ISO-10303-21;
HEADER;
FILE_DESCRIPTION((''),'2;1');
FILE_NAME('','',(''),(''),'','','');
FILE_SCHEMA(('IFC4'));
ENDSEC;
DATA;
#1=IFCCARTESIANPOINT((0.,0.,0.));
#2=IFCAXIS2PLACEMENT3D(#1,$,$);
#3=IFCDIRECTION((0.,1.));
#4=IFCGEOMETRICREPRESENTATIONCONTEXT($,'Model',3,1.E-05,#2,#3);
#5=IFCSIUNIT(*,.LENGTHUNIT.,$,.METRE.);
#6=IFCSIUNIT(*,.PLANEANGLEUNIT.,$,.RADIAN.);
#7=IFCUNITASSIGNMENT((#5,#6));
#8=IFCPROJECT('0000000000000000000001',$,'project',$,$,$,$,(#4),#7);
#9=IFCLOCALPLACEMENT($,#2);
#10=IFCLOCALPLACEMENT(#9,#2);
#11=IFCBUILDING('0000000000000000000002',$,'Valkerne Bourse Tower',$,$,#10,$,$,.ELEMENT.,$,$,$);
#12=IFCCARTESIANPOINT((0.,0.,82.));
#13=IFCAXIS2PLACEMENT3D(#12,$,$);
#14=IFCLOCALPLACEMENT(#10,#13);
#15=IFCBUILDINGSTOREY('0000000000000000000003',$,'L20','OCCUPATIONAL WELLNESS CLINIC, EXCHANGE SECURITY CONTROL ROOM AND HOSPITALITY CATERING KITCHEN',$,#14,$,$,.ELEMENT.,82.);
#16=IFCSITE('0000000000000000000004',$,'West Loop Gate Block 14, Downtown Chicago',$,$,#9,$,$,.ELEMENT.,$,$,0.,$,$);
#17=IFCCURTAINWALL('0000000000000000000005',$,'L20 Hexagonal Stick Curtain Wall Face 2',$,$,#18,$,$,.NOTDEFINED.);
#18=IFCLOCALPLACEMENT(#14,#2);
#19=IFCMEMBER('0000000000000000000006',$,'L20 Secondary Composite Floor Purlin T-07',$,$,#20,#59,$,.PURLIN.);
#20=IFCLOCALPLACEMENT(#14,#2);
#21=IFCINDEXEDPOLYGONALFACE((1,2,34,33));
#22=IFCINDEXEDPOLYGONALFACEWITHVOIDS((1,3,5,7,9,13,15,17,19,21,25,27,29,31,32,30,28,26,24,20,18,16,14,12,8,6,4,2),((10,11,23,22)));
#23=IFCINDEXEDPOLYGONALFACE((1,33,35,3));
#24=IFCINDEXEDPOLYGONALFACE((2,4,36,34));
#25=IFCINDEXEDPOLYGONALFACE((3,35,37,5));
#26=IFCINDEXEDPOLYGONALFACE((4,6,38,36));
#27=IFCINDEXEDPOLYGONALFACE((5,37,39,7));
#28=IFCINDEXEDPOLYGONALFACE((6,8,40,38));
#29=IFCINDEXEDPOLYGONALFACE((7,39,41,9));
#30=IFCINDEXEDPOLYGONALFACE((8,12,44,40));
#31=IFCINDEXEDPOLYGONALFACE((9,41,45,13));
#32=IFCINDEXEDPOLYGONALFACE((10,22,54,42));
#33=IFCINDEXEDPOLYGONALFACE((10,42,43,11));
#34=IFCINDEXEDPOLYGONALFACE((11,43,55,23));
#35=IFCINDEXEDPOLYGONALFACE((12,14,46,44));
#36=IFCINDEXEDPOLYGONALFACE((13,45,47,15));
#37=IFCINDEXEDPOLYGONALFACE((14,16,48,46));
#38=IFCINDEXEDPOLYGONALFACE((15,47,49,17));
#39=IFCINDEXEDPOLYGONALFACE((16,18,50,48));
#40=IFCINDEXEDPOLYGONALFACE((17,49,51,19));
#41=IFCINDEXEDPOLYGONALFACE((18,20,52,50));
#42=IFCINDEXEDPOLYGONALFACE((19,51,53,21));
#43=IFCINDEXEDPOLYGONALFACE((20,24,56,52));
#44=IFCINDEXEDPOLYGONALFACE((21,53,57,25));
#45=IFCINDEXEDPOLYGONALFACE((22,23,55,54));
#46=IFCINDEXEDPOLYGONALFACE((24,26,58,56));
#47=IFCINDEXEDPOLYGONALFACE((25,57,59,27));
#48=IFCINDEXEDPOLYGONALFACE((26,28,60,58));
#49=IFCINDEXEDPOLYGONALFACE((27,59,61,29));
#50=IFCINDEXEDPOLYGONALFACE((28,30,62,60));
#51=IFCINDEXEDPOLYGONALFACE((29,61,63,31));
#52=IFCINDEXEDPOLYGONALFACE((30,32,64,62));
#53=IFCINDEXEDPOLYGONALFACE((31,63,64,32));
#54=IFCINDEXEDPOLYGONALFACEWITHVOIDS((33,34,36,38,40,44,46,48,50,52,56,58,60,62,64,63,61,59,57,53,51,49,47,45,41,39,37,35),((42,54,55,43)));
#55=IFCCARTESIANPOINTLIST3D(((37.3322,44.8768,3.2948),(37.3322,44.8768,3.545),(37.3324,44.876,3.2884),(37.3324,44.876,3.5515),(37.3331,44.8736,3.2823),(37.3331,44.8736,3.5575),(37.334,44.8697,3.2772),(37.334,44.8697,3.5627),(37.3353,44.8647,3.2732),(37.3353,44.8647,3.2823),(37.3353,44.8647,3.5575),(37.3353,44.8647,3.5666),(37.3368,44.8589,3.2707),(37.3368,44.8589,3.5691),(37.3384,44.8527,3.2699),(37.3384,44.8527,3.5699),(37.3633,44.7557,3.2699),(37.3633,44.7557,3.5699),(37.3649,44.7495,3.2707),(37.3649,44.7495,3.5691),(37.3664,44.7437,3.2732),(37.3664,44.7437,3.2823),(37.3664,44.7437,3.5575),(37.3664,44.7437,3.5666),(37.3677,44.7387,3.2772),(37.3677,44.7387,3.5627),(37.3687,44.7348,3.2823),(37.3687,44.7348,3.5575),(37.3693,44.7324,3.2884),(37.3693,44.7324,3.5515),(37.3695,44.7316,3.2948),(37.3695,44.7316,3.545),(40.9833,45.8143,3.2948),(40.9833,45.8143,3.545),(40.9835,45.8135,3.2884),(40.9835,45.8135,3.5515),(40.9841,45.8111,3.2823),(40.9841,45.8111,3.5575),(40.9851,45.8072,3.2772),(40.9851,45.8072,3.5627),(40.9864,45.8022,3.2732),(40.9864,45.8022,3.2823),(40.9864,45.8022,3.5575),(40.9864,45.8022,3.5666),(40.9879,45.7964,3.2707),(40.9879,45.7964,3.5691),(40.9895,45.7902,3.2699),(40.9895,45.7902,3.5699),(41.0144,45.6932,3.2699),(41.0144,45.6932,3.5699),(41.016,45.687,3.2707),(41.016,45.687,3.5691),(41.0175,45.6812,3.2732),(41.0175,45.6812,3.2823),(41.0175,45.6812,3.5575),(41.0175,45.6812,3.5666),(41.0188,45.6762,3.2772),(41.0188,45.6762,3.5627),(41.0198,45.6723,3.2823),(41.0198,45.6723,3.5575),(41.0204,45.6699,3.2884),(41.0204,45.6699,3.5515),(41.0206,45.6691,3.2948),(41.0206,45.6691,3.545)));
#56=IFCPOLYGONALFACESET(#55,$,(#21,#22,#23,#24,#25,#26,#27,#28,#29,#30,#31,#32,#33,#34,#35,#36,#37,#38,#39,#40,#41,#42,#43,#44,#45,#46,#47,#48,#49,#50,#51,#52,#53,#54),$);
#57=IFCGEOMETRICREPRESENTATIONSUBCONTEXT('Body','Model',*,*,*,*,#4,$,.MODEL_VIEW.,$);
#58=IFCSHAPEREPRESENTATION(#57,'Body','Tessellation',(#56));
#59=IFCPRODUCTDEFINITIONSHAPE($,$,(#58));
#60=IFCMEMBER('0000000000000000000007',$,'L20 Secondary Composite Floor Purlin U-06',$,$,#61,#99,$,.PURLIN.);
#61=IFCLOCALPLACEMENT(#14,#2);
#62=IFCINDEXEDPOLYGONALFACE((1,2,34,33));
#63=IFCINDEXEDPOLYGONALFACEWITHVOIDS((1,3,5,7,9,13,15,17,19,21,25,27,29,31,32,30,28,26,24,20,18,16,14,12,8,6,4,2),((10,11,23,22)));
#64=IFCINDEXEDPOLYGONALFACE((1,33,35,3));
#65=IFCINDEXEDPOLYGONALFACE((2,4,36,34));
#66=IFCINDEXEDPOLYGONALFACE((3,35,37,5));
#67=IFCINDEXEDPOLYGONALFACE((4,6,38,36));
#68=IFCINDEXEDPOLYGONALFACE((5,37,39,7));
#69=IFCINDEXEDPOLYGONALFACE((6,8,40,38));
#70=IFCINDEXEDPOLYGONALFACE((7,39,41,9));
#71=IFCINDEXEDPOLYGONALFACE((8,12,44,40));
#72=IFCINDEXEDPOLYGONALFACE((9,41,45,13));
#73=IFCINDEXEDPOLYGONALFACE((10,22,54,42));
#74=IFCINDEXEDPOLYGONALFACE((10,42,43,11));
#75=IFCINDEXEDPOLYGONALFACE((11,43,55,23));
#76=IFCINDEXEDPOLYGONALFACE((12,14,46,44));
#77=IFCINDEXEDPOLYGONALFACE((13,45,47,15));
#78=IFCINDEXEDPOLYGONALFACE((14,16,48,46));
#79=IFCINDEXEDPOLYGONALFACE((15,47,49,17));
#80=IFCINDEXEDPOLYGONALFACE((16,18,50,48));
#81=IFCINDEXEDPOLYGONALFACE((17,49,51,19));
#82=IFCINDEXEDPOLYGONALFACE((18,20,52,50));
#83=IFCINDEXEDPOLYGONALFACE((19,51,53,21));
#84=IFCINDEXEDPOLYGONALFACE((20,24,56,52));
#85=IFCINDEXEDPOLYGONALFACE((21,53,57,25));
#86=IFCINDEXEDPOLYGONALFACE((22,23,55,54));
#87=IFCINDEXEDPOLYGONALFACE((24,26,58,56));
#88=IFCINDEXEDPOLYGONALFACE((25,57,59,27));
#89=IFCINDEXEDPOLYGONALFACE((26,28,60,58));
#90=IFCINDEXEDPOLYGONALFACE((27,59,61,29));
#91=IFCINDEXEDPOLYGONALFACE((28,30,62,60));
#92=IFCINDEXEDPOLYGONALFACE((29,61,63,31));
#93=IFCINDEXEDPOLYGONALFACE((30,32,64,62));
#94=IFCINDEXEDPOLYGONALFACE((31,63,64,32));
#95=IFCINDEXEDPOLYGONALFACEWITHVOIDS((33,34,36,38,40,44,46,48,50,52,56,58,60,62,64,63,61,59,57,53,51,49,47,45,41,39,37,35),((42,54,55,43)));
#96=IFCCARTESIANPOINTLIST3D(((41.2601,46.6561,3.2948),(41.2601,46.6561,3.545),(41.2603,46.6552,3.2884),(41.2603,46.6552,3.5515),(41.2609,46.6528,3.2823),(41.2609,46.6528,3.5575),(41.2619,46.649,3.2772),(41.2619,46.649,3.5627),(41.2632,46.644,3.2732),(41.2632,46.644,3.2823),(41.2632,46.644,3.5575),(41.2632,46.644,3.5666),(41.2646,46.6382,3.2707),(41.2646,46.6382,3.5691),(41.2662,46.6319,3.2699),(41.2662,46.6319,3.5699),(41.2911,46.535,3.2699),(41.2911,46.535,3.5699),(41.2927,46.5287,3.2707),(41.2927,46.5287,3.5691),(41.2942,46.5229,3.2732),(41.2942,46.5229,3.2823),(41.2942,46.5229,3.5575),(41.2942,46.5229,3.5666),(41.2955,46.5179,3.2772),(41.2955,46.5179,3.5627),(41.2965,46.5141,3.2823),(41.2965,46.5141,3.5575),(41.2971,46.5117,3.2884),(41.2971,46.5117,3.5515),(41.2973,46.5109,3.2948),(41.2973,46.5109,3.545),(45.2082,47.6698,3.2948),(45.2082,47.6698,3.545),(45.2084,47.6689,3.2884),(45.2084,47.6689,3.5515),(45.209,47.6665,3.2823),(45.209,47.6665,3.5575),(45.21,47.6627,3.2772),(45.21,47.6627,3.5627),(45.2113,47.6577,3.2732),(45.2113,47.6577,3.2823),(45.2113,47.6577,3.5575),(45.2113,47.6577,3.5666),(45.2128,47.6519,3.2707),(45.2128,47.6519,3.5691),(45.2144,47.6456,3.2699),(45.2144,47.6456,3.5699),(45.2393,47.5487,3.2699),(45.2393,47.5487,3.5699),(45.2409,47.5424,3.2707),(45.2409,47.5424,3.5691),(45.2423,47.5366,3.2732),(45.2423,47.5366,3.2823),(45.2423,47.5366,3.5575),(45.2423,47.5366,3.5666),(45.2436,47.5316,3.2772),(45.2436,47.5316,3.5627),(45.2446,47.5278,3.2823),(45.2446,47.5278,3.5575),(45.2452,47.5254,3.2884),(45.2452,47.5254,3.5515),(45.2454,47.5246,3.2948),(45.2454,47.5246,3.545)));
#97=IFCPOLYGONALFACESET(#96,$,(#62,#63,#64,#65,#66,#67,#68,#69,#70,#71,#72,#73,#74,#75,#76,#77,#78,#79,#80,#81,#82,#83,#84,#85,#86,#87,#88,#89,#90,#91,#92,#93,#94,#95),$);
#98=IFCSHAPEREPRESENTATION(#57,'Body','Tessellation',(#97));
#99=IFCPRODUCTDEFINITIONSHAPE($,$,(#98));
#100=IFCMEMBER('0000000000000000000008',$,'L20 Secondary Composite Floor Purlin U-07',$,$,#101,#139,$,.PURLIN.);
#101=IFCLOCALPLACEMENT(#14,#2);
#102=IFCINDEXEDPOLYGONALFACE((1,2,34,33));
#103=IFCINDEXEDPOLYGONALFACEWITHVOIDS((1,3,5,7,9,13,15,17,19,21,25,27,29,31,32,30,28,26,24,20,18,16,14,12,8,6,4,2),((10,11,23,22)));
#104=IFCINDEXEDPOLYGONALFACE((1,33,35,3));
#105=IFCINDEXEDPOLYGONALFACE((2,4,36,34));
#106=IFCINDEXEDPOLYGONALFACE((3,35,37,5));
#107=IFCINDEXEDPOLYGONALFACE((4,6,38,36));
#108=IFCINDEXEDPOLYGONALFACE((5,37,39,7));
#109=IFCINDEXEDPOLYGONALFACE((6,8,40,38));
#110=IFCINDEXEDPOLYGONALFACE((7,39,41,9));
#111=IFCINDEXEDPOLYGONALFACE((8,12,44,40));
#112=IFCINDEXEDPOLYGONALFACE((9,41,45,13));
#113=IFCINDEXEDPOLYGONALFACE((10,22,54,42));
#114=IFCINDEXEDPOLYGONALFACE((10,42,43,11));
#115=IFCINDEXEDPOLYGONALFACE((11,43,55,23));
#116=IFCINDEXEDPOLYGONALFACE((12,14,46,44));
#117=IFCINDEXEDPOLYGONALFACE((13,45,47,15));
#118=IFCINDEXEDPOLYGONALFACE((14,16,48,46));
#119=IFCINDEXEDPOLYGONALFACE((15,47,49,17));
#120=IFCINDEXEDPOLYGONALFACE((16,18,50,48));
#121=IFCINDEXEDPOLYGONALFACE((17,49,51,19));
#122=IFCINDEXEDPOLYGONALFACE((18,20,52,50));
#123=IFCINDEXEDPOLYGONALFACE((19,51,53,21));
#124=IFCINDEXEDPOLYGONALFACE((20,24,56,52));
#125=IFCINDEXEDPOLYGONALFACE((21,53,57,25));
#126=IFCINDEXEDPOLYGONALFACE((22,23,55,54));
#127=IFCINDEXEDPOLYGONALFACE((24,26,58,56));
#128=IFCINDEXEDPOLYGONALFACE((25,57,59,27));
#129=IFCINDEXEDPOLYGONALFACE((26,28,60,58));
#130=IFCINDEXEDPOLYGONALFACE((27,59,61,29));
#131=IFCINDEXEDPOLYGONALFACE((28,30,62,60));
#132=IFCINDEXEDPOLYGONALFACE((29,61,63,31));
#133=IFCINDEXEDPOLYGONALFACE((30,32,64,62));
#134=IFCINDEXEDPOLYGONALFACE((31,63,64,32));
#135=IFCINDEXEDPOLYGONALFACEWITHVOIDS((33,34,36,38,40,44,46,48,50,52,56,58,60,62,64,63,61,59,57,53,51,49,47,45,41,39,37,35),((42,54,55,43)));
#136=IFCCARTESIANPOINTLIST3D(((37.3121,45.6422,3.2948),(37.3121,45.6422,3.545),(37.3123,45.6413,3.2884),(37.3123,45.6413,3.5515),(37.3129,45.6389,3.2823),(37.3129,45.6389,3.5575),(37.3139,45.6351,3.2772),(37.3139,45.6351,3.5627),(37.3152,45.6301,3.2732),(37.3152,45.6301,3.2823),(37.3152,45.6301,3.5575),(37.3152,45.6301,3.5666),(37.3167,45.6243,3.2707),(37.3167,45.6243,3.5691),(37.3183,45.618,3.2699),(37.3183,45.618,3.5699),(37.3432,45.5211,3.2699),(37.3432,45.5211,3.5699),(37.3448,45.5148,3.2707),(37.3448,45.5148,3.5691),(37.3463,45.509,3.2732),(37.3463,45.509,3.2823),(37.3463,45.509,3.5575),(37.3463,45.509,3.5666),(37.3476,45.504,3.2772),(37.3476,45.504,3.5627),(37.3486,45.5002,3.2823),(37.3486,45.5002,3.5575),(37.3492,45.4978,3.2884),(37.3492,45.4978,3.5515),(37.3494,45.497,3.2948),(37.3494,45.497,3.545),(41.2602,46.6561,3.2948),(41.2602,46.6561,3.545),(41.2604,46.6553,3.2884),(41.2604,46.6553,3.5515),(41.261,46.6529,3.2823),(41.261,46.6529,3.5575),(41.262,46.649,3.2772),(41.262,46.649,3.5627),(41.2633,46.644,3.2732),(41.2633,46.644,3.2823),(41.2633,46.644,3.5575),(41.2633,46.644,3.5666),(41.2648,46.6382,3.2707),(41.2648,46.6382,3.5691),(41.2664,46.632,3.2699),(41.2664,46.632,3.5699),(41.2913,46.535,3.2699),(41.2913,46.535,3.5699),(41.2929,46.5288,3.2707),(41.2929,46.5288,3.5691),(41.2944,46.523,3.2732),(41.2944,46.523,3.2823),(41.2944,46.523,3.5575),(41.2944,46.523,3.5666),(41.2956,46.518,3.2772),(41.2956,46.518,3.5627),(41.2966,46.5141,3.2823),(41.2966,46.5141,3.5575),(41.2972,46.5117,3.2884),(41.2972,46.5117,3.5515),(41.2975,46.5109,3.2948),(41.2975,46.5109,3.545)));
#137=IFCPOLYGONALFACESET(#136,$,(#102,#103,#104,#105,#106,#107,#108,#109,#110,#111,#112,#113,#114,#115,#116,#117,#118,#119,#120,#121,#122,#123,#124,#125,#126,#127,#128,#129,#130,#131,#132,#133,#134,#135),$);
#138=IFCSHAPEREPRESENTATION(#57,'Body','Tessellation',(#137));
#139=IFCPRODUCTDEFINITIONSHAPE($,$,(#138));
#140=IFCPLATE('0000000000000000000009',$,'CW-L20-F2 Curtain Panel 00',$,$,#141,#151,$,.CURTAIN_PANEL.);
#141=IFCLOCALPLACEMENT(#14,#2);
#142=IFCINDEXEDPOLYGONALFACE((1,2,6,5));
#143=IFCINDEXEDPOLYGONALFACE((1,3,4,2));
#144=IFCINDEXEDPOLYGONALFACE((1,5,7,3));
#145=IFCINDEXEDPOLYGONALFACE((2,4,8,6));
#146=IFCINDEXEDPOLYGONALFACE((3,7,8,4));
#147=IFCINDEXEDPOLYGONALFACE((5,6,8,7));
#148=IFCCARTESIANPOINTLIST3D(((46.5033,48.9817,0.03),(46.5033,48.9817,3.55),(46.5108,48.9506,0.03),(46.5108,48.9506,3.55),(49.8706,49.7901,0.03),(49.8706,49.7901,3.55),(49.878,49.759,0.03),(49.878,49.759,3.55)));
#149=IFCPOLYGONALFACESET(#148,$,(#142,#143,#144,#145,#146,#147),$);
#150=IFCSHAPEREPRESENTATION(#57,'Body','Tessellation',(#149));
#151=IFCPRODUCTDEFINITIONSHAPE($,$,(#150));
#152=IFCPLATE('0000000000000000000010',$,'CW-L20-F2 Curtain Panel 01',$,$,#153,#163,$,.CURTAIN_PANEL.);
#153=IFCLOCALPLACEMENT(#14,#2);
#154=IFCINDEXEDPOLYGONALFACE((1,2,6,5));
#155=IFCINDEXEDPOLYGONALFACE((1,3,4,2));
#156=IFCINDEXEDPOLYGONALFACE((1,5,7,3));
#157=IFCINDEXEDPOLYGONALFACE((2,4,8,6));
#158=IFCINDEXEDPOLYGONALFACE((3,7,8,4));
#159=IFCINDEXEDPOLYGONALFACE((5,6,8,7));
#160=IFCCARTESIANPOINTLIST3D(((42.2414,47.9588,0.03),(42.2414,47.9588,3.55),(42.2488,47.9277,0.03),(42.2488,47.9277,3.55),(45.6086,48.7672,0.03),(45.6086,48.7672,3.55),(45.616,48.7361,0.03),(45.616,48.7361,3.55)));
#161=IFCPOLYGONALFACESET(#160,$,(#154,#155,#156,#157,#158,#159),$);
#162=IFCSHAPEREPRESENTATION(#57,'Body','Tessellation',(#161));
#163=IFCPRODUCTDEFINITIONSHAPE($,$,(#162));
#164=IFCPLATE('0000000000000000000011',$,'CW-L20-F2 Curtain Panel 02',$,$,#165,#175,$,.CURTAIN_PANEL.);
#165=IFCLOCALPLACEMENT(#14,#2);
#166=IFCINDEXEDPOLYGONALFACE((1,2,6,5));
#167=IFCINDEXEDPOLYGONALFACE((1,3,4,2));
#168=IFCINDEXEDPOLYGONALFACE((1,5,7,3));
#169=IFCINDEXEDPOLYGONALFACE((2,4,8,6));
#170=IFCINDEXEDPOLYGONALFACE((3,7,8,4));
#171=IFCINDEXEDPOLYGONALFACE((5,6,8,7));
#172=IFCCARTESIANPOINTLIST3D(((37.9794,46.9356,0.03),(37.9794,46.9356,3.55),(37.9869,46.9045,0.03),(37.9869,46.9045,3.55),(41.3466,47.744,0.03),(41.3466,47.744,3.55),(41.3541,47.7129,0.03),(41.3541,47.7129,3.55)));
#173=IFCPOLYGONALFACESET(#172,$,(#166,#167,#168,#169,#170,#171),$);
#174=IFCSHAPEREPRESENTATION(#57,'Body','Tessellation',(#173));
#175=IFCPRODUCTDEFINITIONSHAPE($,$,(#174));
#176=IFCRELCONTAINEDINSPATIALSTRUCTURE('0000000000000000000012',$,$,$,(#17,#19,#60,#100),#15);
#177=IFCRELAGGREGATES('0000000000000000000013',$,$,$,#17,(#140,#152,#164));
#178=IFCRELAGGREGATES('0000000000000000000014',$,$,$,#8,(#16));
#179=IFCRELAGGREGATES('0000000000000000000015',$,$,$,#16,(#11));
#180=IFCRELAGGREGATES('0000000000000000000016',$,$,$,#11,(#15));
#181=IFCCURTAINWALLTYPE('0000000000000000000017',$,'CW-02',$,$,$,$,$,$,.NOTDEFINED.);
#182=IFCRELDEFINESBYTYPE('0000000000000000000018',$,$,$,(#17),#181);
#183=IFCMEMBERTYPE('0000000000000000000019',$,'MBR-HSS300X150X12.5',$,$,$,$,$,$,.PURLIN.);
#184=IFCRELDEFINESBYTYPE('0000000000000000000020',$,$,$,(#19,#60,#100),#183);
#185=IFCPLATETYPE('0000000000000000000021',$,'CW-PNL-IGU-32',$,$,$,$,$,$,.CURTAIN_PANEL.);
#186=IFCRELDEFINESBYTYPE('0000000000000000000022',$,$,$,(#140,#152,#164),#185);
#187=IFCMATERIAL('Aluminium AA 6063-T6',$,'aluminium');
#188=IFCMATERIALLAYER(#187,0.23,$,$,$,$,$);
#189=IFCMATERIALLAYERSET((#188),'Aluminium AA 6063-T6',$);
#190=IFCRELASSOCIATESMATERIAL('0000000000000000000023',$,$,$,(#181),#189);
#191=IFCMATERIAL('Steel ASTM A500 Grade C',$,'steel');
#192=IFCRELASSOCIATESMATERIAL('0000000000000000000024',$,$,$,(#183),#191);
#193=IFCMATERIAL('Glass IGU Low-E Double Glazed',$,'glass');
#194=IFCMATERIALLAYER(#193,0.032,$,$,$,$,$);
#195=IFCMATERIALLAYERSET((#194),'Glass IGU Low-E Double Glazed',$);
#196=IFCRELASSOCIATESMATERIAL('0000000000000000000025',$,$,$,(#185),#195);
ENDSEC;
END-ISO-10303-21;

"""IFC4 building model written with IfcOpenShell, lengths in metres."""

from ifc_helpers import new_model, si_unit, direction, frame, origin, origin_2d, place, context, subcontext, project, spatial, rectangle, hollow_rectangle, extrude, material, layer, layer_set, material_profile, profile_set, type_object, element, aggregate, save


model = new_model("IFC4")

# Units and contexts
model_context = context("Model", 3, precision=1e-05, world=origin(), true_north=direction((0.0, 1.0)))
body_context = subcontext(model_context, "Body", "Model", "MODEL_VIEW")
ifc_project = project(units=[si_unit("LENGTHUNIT", "METRE"), si_unit("PLANEANGLEUNIT", "RADIAN")], contexts=[model_context])

# Site, building, storey
site_placement = place(None, origin())
site = spatial("IfcSite", under=ifc_project, at=site_placement, Name="West Loop Gate Block 14, Downtown Chicago", CompositionType="ELEMENT", RefElevation=0.0)
building_placement = place(site_placement, origin())
building = spatial("IfcBuilding", under=site, at=building_placement, Name="Valkerne Bourse Tower", CompositionType="ELEMENT")
storey_placement = place(building_placement, frame((0.0, 0.0, 82.0)))
storey = spatial("IfcBuildingStorey", under=building, at=storey_placement, Name="L20", Description="OCCUPATIONAL WELLNESS CLINIC, EXCHANGE SECURITY CONTROL ROOM AND HOSPITALITY CATERING KITCHEN", CompositionType="ELEMENT", Elevation=82.0)

# Curtain wall
ifc_material_1 = material(Name="Aluminium AA 6063-T6", Category="aluminium")
ifc_layer_1 = layer(ifc_material_1, 0.23)
ifc_layer_set_1 = layer_set([ifc_layer_1], Name="Aluminium AA 6063-T6")
curtain_wall_type = type_object("IfcCurtainWallType", Name="CW-02", PredefinedType="NOTDEFINED", material=ifc_layer_set_1)
curtain_wall_placement = place(storey_placement, origin())
curtain_wall = element("IfcCurtainWall", 1, at=curtain_wall_placement, inside=storey, type_object=curtain_wall_type, Name="L20 Hexagonal Stick Curtain Wall Face 2", PredefinedType="NOTDEFINED")

# Members
ifc_material_2 = material(Name="Steel ASTM A500 Grade C", Category="steel")
ifc_material_profile_1 = material_profile(ifc_material_2, hollow_rectangle(XDim=0.1499, YDim=0.3, WallThickness=0.0125, OuterFilletRadius=0.0249, at=origin_2d()), Name="HSS300X150X12.5")
ifc_profile_set_1 = profile_set([ifc_material_profile_1], Name="Steel ASTM A500 Grade C")
member_type_1 = type_object("IfcMemberType", Name="MBR-HSS300X150X12.5", PredefinedType="PURLIN", material=ifc_profile_set_1)
member_1_placement = place(storey_placement, frame((41.002, 45.7417, 3.4199), z_axis=(-0.96858, -0.248703, 0.0), x_axis=(0.248703, -0.96858, 0.0)))
element("IfcMember", 2, at=member_1_placement, inside=storey, type_object=member_type_1, Name="L20 Secondary Composite Floor Purlin T-07", PredefinedType="PURLIN", context=body_context, shape_type="SweptSolid", body=[
    extrude(hollow_rectangle(XDim=0.1499, YDim=0.3, WallThickness=0.0125, OuterFilletRadius=0.0249, at=origin_2d()), origin(), (0.0, 0.0, 1.0), 3.7695),
])
for number, where, z_axis, x_axis, name in (
    (3, (45.2268, 47.5972, 3.4199), (-0.968583, -0.248689, 0.0), (0.248689, -0.968583, 0.0), "L20 Secondary Composite Floor Purlin U-06"),
    (4, (41.2788, 46.5835, 3.4199), (-0.968569, -0.248746, 0.0), (0.248746, -0.968569, 0.0), "L20 Secondary Composite Floor Purlin U-07"),
):
    element("IfcMember", number, at=place(storey_placement, frame(where, z_axis=z_axis, x_axis=x_axis)), inside=storey, type_object=member_type_1, Name=name, PredefinedType="PURLIN", context=body_context, shape_type="SweptSolid", body=[
        extrude(hollow_rectangle(XDim=0.1499, YDim=0.3, WallThickness=0.0125, OuterFilletRadius=0.0249, at=origin_2d()), origin(), (0.0, 0.0, 1.0), 4.0762),
    ])

# Plates
ifc_material_3 = material(Name="Glass IGU Low-E Double Glazed", Category="glass")
ifc_layer_2 = layer(ifc_material_3, 0.032)
ifc_layer_set_2 = layer_set([ifc_layer_2], Name="Glass IGU Low-E Double Glazed")
plate_type = type_object("IfcPlateType", Name="CW-PNL-IGU-32", PredefinedType="CURTAIN_PANEL", material=ifc_layer_set_2)
plate_1_placement = place(storey_placement, frame((48.1907, 49.3704, 0.03), z_axis=(0.0, 0.0, 1.0), x_axis=(-0.972375, -0.233426, 0.0)))
plate_1 = element("IfcPlate", 5, at=plate_1_placement, type_object=plate_type, Name="CW-L20-F2 Curtain Panel 00", PredefinedType="CURTAIN_PANEL", context=body_context, shape_type="SweptSolid", body=[
    extrude(rectangle(XDim=3.4629, YDim=0.032, at=origin_2d()), origin(), (0.0, 0.0, 1.0), 3.52),
])
plate_2_placement = place(storey_placement, frame((43.9287, 48.3474, 0.03), z_axis=(0.0, 0.0, 1.0), x_axis=(-0.972369, -0.233447, 0.0)))
plate_2 = element("IfcPlate", 6, at=plate_2_placement, type_object=plate_type, Name="CW-L20-F2 Curtain Panel 01", PredefinedType="CURTAIN_PANEL", context=body_context, shape_type="SweptSolid", body=[
    extrude(rectangle(XDim=3.4629, YDim=0.032, at=origin_2d()), origin(), (0.0, 0.0, 1.0), 3.52),
])
plate_3_placement = place(storey_placement, frame((39.6667, 47.3242, 0.03), z_axis=(0.0, 0.0, 1.0), x_axis=(-0.972369, -0.233447, 0.0)))
plate_3 = element("IfcPlate", 7, at=plate_3_placement, type_object=plate_type, Name="CW-L20-F2 Curtain Panel 02", PredefinedType="CURTAIN_PANEL", context=body_context, shape_type="SweptSolid", body=[
    extrude(rectangle(XDim=3.4629, YDim=0.032, at=origin_2d()), origin(), (0.0, 0.0, 1.0), 3.52),
])
aggregate(curtain_wall, [plate_1, plate_2, plate_3])

save(model, "model.ifc")
